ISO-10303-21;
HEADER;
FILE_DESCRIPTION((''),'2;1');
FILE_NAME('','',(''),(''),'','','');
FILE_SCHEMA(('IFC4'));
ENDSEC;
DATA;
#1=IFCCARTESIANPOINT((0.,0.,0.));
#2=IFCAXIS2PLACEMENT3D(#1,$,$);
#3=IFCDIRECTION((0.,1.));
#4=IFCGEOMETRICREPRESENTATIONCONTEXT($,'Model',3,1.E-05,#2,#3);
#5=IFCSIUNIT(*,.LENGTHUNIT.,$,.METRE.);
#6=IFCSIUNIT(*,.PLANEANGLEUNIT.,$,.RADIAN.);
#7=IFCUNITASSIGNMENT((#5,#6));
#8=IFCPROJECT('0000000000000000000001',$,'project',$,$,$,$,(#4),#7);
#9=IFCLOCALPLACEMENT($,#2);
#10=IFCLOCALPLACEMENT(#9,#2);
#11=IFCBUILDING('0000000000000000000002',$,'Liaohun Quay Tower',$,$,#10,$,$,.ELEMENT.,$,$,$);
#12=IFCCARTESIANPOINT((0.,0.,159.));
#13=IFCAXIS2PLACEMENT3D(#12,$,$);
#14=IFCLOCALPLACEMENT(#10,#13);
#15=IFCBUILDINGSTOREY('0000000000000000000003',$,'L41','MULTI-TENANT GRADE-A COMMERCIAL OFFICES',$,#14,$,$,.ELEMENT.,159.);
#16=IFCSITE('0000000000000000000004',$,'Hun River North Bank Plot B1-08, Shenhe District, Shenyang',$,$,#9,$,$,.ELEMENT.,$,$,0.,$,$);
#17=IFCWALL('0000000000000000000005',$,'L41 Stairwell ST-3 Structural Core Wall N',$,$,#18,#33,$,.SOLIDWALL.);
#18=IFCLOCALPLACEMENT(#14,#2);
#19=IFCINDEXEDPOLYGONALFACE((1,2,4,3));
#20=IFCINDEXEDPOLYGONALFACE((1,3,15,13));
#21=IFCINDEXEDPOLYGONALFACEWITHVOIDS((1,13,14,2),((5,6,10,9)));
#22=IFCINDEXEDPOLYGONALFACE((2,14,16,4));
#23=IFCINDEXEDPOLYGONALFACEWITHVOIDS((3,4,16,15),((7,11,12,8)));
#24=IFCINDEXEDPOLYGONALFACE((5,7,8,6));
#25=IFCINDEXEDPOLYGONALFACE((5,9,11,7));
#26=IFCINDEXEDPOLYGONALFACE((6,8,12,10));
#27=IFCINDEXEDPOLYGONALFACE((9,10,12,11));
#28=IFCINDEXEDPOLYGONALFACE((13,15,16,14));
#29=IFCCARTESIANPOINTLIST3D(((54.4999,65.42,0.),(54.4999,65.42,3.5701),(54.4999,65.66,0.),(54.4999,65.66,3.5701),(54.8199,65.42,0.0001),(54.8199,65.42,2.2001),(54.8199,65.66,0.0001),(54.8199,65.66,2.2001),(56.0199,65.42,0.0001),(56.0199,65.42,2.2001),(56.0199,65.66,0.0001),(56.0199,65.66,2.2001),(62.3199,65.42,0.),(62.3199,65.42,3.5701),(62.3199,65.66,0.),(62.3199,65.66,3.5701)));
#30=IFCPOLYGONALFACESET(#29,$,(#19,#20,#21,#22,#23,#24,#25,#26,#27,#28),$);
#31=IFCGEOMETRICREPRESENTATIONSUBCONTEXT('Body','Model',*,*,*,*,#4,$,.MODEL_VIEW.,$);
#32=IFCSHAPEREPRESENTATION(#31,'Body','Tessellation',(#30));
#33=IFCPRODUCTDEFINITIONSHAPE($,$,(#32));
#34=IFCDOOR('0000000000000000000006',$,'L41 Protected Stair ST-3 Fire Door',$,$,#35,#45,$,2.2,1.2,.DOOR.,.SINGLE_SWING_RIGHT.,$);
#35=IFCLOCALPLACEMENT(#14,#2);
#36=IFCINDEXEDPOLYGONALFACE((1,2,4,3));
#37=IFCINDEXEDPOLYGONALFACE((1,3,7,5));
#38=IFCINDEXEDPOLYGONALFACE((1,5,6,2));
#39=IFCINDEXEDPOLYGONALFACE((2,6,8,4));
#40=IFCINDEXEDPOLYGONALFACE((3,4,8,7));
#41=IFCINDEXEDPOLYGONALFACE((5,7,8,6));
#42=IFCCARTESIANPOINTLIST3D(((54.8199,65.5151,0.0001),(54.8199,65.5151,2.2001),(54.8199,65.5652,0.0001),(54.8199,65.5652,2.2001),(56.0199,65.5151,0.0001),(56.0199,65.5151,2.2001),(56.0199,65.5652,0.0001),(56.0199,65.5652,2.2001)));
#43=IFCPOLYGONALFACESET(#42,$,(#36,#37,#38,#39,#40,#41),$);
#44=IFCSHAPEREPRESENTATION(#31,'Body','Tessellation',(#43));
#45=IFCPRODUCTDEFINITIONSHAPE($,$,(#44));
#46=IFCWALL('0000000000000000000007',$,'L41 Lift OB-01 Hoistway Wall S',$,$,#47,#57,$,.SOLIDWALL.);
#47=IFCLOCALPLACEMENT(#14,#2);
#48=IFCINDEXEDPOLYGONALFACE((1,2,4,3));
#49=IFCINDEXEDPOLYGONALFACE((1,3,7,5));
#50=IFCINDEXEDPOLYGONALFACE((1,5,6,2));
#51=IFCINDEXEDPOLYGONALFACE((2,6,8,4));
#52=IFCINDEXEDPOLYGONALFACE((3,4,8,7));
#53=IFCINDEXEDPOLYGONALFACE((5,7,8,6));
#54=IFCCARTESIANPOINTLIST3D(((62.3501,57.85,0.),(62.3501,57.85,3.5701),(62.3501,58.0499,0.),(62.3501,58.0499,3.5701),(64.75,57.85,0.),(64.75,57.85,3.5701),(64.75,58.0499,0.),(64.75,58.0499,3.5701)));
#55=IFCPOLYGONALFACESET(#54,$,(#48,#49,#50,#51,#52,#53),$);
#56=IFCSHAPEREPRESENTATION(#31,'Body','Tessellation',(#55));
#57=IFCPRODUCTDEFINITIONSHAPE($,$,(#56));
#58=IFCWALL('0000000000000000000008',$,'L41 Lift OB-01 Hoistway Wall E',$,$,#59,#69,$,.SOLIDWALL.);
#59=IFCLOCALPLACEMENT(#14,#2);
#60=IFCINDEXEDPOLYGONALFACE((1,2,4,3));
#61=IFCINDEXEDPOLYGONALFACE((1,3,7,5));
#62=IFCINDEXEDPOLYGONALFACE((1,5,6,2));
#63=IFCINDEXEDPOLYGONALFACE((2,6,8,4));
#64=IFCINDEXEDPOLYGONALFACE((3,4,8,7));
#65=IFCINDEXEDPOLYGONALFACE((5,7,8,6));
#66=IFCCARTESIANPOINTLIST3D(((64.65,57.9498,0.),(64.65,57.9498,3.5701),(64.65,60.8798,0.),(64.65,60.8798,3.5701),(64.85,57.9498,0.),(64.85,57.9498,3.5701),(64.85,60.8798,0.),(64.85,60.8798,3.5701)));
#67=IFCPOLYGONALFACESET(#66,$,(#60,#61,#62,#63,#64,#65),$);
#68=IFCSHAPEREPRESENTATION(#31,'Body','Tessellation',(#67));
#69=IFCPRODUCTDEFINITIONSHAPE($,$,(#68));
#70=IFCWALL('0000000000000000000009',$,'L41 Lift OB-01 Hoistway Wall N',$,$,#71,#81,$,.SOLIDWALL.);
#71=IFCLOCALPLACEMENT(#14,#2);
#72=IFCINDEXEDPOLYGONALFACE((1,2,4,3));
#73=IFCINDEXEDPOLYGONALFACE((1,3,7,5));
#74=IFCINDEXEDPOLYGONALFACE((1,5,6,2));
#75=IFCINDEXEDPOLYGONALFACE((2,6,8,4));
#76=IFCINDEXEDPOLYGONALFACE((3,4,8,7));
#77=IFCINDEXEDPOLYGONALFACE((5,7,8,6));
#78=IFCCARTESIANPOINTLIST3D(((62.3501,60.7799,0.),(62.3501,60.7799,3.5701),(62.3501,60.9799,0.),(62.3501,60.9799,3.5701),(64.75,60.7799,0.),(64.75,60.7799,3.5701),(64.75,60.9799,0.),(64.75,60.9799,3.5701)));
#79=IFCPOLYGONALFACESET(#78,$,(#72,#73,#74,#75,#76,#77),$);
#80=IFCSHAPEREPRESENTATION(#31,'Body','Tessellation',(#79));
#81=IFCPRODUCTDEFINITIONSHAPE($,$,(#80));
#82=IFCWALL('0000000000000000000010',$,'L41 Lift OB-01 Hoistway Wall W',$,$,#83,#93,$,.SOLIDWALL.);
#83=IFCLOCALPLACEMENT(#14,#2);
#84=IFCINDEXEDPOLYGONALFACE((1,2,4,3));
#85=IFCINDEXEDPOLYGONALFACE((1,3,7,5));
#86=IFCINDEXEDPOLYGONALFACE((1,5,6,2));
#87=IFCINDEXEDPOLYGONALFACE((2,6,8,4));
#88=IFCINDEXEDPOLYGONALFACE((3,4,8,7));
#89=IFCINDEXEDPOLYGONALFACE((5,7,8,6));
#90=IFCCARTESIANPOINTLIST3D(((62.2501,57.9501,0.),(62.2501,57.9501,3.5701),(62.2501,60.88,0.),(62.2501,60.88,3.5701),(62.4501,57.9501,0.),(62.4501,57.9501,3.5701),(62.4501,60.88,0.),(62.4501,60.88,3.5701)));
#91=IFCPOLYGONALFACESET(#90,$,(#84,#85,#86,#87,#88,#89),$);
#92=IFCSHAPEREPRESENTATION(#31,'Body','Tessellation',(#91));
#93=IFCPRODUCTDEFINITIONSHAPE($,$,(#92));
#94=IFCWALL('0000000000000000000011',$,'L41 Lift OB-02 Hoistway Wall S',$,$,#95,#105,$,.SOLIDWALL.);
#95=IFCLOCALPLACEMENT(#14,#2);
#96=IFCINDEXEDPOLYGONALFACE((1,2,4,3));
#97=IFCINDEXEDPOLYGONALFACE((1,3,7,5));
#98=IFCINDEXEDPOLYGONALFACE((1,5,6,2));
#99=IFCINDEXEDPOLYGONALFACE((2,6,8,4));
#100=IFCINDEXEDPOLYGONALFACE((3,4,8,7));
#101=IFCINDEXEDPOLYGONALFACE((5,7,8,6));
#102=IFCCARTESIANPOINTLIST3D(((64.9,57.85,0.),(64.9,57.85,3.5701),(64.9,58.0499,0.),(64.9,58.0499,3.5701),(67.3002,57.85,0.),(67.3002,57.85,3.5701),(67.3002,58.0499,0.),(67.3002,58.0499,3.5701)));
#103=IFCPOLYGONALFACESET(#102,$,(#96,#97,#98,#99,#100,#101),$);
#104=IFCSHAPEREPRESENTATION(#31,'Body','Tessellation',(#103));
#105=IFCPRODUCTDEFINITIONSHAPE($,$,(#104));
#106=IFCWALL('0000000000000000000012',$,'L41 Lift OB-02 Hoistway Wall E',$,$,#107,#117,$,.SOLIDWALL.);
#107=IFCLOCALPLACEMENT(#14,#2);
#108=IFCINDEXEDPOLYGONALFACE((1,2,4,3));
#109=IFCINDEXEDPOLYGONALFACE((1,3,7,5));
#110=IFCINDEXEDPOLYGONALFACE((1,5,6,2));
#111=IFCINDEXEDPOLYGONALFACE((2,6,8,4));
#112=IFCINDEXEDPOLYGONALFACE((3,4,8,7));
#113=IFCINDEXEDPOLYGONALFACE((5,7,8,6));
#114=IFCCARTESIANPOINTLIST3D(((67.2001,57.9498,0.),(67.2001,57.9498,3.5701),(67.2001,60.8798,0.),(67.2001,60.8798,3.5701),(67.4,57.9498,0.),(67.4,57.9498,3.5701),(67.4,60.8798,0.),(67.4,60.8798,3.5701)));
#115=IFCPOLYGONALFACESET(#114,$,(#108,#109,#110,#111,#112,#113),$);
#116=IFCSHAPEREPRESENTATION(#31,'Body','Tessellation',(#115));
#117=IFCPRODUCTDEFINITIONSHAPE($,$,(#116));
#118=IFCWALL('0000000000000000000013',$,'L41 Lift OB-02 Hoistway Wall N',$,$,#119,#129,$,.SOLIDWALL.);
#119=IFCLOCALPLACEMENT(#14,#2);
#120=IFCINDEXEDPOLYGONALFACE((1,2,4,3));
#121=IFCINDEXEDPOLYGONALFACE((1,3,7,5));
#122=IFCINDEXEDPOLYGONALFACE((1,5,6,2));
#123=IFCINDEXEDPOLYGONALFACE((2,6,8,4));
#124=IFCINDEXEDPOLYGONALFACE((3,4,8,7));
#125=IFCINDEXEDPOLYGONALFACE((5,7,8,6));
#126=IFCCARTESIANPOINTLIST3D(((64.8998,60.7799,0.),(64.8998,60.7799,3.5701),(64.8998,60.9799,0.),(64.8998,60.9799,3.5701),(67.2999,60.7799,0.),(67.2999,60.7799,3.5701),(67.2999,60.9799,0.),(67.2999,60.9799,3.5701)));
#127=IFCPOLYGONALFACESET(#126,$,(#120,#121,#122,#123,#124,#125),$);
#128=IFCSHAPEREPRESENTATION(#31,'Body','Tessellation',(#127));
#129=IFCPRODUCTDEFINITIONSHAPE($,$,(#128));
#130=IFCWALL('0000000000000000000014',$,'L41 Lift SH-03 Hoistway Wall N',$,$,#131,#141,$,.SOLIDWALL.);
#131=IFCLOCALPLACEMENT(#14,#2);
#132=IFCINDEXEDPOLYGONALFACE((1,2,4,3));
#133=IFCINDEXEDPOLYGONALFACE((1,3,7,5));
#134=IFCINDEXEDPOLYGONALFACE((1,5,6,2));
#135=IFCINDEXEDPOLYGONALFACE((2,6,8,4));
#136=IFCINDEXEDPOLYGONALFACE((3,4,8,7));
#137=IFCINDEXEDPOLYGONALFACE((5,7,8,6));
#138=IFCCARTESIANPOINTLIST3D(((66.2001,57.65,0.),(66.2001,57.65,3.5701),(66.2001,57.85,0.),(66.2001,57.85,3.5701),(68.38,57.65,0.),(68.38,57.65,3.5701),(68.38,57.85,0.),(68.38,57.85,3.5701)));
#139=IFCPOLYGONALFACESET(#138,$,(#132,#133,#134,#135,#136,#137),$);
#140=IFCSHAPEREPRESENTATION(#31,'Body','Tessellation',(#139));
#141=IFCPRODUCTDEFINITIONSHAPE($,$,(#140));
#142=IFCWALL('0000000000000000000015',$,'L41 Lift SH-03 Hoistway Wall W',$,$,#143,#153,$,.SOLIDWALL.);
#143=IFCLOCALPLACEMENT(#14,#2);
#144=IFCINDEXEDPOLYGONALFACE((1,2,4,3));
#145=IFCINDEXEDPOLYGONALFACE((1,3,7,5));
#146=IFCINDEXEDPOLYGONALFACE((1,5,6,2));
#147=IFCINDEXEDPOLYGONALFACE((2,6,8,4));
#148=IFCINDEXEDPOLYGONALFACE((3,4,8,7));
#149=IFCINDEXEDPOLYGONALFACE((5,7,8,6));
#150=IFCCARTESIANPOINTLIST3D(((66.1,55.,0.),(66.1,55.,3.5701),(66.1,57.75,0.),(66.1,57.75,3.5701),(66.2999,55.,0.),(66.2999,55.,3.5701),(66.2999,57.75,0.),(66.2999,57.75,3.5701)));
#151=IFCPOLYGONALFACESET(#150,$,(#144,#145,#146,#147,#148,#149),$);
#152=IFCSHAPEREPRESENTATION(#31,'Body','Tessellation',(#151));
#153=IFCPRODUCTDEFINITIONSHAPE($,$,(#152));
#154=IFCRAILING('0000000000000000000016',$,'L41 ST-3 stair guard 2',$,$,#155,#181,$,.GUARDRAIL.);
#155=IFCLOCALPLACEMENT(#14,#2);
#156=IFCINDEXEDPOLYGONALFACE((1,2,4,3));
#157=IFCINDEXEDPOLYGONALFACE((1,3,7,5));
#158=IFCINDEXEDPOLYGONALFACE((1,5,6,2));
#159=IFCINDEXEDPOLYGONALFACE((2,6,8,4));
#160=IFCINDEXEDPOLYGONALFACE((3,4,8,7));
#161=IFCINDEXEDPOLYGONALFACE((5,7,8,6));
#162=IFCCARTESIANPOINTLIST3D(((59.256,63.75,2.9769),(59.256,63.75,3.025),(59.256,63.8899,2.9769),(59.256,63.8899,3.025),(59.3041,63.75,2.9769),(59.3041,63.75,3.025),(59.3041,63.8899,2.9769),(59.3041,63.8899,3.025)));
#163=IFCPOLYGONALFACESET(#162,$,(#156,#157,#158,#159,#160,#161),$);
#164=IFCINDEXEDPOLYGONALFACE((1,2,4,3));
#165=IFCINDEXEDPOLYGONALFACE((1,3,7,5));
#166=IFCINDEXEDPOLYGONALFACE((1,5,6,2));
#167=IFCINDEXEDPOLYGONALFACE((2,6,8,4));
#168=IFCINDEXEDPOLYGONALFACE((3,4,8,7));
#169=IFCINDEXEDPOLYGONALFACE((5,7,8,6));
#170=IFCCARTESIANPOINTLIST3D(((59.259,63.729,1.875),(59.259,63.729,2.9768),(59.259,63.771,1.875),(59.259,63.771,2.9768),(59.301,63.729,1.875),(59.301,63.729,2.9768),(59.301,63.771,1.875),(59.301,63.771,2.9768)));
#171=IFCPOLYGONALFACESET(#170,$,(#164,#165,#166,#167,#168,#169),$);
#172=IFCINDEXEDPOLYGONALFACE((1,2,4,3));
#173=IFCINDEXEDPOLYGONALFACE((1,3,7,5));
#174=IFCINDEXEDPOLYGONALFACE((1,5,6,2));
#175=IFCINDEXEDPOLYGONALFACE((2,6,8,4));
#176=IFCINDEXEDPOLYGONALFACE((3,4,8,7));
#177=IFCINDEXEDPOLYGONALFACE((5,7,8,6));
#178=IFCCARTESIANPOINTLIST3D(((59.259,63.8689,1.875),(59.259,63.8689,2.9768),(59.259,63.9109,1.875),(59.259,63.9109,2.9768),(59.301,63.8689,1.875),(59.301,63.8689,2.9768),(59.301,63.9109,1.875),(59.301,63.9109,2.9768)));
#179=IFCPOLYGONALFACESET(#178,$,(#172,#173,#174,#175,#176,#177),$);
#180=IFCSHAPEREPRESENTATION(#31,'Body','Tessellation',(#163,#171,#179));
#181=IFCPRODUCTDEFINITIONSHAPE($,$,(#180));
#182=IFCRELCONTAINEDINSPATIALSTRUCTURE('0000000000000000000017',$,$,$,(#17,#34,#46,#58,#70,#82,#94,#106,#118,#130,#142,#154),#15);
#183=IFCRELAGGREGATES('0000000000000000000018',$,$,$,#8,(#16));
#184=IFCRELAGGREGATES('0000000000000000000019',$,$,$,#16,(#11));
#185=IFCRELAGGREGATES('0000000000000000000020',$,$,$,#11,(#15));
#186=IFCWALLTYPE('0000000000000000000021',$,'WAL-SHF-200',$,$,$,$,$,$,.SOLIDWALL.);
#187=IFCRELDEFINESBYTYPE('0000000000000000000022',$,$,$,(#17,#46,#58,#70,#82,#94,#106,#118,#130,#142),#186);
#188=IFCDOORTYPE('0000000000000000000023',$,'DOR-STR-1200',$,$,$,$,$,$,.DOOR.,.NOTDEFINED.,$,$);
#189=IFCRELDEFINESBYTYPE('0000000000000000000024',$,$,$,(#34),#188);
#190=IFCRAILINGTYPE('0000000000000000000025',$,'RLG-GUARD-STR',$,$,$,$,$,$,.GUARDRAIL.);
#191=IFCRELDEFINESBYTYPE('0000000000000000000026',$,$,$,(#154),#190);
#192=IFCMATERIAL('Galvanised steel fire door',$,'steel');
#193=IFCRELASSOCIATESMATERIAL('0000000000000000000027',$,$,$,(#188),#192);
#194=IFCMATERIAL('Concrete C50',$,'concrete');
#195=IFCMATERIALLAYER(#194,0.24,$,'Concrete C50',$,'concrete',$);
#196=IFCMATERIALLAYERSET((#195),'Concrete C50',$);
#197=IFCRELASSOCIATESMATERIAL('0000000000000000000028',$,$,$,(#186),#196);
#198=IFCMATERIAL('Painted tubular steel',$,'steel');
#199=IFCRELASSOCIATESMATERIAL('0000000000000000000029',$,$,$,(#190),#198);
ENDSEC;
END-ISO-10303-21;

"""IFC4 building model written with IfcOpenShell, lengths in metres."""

from ifc_helpers import new_model, si_unit, direction, frame, frame_2d, origin, origin_2d, place, context, subcontext, project, spatial, rectangle, extrude, source, transform, mapped, material, layer, layer_set, type_object, element, fill, save


model = new_model("IFC4")

# Units and contexts
model_context = context("Model", 3, precision=1e-05, world=origin(), true_north=direction((0.0, 1.0)))
body_context = subcontext(model_context, "Body", "Model", "MODEL_VIEW")
ifc_project = project(units=[si_unit("LENGTHUNIT", "METRE"), si_unit("PLANEANGLEUNIT", "RADIAN")], contexts=[model_context])

# Site, building, storey
site_placement = place(None, origin())
site = spatial("IfcSite", under=ifc_project, at=site_placement, Name="Hun River North Bank Plot B1-08, Shenhe District, Shenyang", CompositionType="ELEMENT", RefElevation=0.0)
building_placement = place(site_placement, origin())
building = spatial("IfcBuilding", under=site, at=building_placement, Name="Liaohun Quay Tower", CompositionType="ELEMENT")
storey_placement = place(building_placement, frame((0.0, 0.0, 159.0)))
storey = spatial("IfcBuildingStorey", under=building, at=storey_placement, Name="L41", Description="MULTI-TENANT GRADE-A COMMERCIAL OFFICES", CompositionType="ELEMENT", Elevation=159.0)

# Shared definitions
ifc_material_1 = material(Name="Galvanised steel fire door", Category="steel")
door_type_1 = type_object("IfcDoorType", Name="DOR-STR-1200", OperationType="NOTDEFINED", PredefinedType="DOOR", material=ifc_material_1)
shared_shape_1 = source(origin(), body_context, "Body", "SweptSolid", [
    extrude(rectangle(XDim=1.2, YDim=2.2, at=frame_2d((0.6001, 1.1001))), frame((0.0, 0.0249, 0.0), z_axis=(0.0, -1.0, 0.0), x_axis=(1.0, 0.0, 0.0)), (0.0, 0.0, 1.0), 0.05),
])

# Shared definitions
ifc_material_2 = material(Name="Concrete C50", Category="concrete")
ifc_layer_1 = layer(ifc_material_2, 0.24, Name="Concrete C50", Category="concrete")
ifc_layer_set_1 = layer_set([ifc_layer_1], Name="Concrete C50")
wall_type_1 = type_object("IfcWallType", Name="WAL-SHF-200", PredefinedType="SOLIDWALL", material=ifc_layer_set_1)

# Wall, opening, door
wall_1_placement = place(storey_placement, frame((62.3201, 65.54, 0.0), z_axis=(0.0, 0.0, 1.0), x_axis=(-1.0, 0.0, 0.0)))
wall_1 = element("IfcWall", 1, at=wall_1_placement, inside=storey, type_object=wall_type_1, Name="L41 Stairwell ST-3 Structural Core Wall N", PredefinedType="SOLIDWALL", context=body_context, shape_type="SweptSolid", body=[
    extrude(rectangle(XDim=7.8201, YDim=0.24, at=frame_2d((3.9102, 0.0))), origin(), (0.0, 0.0, 1.0), 3.5701),
])
shared_shape_2 = source(origin(), body_context, "Body", "SweptSolid", [
    extrude(rectangle(XDim=1.2, YDim=2.2, at=frame_2d((0.6001, 1.1001))), frame((0.0, 0.1299, 0.0), z_axis=(0.0, -1.0, 0.0), x_axis=(1.0, 0.0, 0.0)), (0.0, 0.0, 1.0), 0.26),
])
opening_1_placement = place(wall_1_placement, frame((6.3, 0.0, 0.0)))
opening_1 = element("IfcOpeningElement", 2, at=opening_1_placement, cuts=wall_1, PredefinedType="OPENING", context=body_context, shape_type="MappedRepresentation", body=[
    mapped(shared_shape_2, transform((0.0, 0.0, 0.0), x_axis=(1.0, 0.0, 0.0), y_axis=(0.0, 1.0, 0.0), z_axis=(0.0, 0.0, 1.0), scale=1.0)),
])
door_1_placement = place(opening_1_placement, origin())
door_1 = element("IfcDoor", 3, at=door_1_placement, inside=storey, type_object=door_type_1, Name="L41 Protected Stair ST-3 Fire Door", OperationType="SINGLE_SWING_RIGHT", OverallHeight=2.2, OverallWidth=1.2, PredefinedType="DOOR", context=body_context, shape_type="MappedRepresentation", body=[
    mapped(shared_shape_1, transform((0.0, 0.0, 0.0), x_axis=(1.0, 0.0, 0.0), y_axis=(0.0, 1.0, 0.0), z_axis=(0.0, 0.0, 1.0), scale=1.0)),
])
fill(opening_1, door_1)

# Walls
wall_2_placement = place(storey_placement, frame((62.3501, 57.95, 0.0), z_axis=(0.0, 0.0, 1.0), x_axis=(1.0, 0.0, 0.0)))
element("IfcWall", 4, at=wall_2_placement, inside=storey, type_object=wall_type_1, Name="L41 Lift OB-01 Hoistway Wall S", PredefinedType="SOLIDWALL", context=body_context, shape_type="SweptSolid", body=[
    extrude(rectangle(XDim=2.3999, YDim=0.2, at=frame_2d((1.2, 0.0))), origin(), (0.0, 0.0, 1.0), 3.5701),
])
wall_3_placement = place(storey_placement, frame((64.75, 57.95, 0.0), z_axis=(0.0, 0.0, 1.0), x_axis=(0.0, 1.0, 0.0)))
element("IfcWall", 5, at=wall_3_placement, inside=storey, type_object=wall_type_1, Name="L41 Lift OB-01 Hoistway Wall E", PredefinedType="SOLIDWALL", context=body_context, shape_type="SweptSolid", body=[
    extrude(rectangle(XDim=2.9299, YDim=0.2, at=frame_2d((1.4648, 0.0))), origin(), (0.0, 0.0, 1.0), 3.5701),
])
wall_4_placement = place(storey_placement, frame((64.75, 60.8799, 0.0), z_axis=(0.0, 0.0, 1.0), x_axis=(-1.0, 0.0, 0.0)))
element("IfcWall", 6, at=wall_4_placement, inside=storey, type_object=wall_type_1, Name="L41 Lift OB-01 Hoistway Wall N", PredefinedType="SOLIDWALL", context=body_context, shape_type="SweptSolid", body=[
    extrude(rectangle(XDim=2.3999, YDim=0.2, at=frame_2d((1.2, 0.0))), origin(), (0.0, 0.0, 1.0), 3.5701),
])
wall_5_placement = place(storey_placement, frame((62.3501, 60.8799, 0.0), z_axis=(0.0, 0.0, 1.0), x_axis=(0.0, -1.0, 0.0)))
element("IfcWall", 7, at=wall_5_placement, inside=storey, type_object=wall_type_1, Name="L41 Lift OB-01 Hoistway Wall W", PredefinedType="SOLIDWALL", context=body_context, shape_type="SweptSolid", body=[
    extrude(rectangle(XDim=2.9299, YDim=0.2, at=frame_2d((1.4648, 0.0))), origin(), (0.0, 0.0, 1.0), 3.5701),
])
wall_6_placement = place(storey_placement, frame((64.8999, 57.95, 0.0), z_axis=(0.0, 0.0, 1.0), x_axis=(1.0, 0.0, 0.0)))
element("IfcWall", 8, at=wall_6_placement, inside=storey, type_object=wall_type_1, Name="L41 Lift OB-02 Hoistway Wall S", PredefinedType="SOLIDWALL", context=body_context, shape_type="SweptSolid", body=[
    extrude(rectangle(XDim=2.4001, YDim=0.2, at=frame_2d((1.2002, 0.0))), origin(), (0.0, 0.0, 1.0), 3.5701),
])
wall_7_placement = place(storey_placement, frame((67.3, 57.95, 0.0), z_axis=(0.0, 0.0, 1.0), x_axis=(0.0, 1.0, 0.0)))
element("IfcWall", 9, at=wall_7_placement, inside=storey, type_object=wall_type_1, Name="L41 Lift OB-02 Hoistway Wall E", PredefinedType="SOLIDWALL", context=body_context, shape_type="SweptSolid", body=[
    extrude(rectangle(XDim=2.9299, YDim=0.2, at=frame_2d((1.4648, 0.0))), origin(), (0.0, 0.0, 1.0), 3.5701),
])
wall_8_placement = place(storey_placement, frame((67.3, 60.8799, 0.0), z_axis=(0.0, 0.0, 1.0), x_axis=(-1.0, 0.0, 0.0)))
element("IfcWall", 10, at=wall_8_placement, inside=storey, type_object=wall_type_1, Name="L41 Lift OB-02 Hoistway Wall N", PredefinedType="SOLIDWALL", context=body_context, shape_type="SweptSolid", body=[
    extrude(rectangle(XDim=2.4001, YDim=0.2, at=frame_2d((1.2002, 0.0))), origin(), (0.0, 0.0, 1.0), 3.5701),
])
wall_9_placement = place(storey_placement, frame((68.3799, 57.75, 0.0), z_axis=(0.0, 0.0, 1.0), x_axis=(-1.0, 0.0, 0.0)))
element("IfcWall", 11, at=wall_9_placement, inside=storey, type_object=wall_type_1, Name="L41 Lift SH-03 Hoistway Wall N", PredefinedType="SOLIDWALL", context=body_context, shape_type="SweptSolid", body=[
    extrude(rectangle(XDim=2.1799, YDim=0.2, at=frame_2d((1.0898, 0.0))), origin(), (0.0, 0.0, 1.0), 3.5701),
])
wall_10_placement = place(storey_placement, frame((66.2, 57.75, 0.0), z_axis=(0.0, 0.0, 1.0), x_axis=(0.0, -1.0, 0.0)))
element("IfcWall", 12, at=wall_10_placement, inside=storey, type_object=wall_type_1, Name="L41 Lift SH-03 Hoistway Wall W", PredefinedType="SOLIDWALL", context=body_context, shape_type="SweptSolid", body=[
    extrude(rectangle(XDim=2.75, YDim=0.2, at=frame_2d((1.375, 0.0))), origin(), (0.0, 0.0, 1.0), 3.5701),
])

# Railing
ifc_material_3 = material(Name="Painted tubular steel", Category="steel")
railing_type = type_object("IfcRailingType", Name="RLG-GUARD-STR", PredefinedType="GUARDRAIL", material=ifc_material_3)
railing_placement = place(storey_placement, frame((59.28, 63.75, 1.875)))
element("IfcRailing", 13, at=railing_placement, inside=storey, type_object=railing_type, Name="L41 ST-3 stair guard 2", PredefinedType="GUARDRAIL", context=body_context, shape_type="SweptSolid", body=[
    extrude(rectangle(XDim=0.0481, YDim=0.0481, at=origin_2d()), frame((0.0, 0.0, 1.126), z_axis=(0.0, 1.0, 0.0), x_axis=(-1.0, 0.0, 0.0)), (0.0, 0.0, 1.0), 0.1399),
    extrude(rectangle(XDim=0.042, YDim=0.042, at=origin_2d()), origin(), (0.0, 0.0, 1.0), 1.1018),
    extrude(rectangle(XDim=0.042, YDim=0.042, at=origin_2d()), frame((0.0, 0.1399, 0.0)), (0.0, 0.0, 1.0), 1.1018),
])

save(model, "model.ifc")
